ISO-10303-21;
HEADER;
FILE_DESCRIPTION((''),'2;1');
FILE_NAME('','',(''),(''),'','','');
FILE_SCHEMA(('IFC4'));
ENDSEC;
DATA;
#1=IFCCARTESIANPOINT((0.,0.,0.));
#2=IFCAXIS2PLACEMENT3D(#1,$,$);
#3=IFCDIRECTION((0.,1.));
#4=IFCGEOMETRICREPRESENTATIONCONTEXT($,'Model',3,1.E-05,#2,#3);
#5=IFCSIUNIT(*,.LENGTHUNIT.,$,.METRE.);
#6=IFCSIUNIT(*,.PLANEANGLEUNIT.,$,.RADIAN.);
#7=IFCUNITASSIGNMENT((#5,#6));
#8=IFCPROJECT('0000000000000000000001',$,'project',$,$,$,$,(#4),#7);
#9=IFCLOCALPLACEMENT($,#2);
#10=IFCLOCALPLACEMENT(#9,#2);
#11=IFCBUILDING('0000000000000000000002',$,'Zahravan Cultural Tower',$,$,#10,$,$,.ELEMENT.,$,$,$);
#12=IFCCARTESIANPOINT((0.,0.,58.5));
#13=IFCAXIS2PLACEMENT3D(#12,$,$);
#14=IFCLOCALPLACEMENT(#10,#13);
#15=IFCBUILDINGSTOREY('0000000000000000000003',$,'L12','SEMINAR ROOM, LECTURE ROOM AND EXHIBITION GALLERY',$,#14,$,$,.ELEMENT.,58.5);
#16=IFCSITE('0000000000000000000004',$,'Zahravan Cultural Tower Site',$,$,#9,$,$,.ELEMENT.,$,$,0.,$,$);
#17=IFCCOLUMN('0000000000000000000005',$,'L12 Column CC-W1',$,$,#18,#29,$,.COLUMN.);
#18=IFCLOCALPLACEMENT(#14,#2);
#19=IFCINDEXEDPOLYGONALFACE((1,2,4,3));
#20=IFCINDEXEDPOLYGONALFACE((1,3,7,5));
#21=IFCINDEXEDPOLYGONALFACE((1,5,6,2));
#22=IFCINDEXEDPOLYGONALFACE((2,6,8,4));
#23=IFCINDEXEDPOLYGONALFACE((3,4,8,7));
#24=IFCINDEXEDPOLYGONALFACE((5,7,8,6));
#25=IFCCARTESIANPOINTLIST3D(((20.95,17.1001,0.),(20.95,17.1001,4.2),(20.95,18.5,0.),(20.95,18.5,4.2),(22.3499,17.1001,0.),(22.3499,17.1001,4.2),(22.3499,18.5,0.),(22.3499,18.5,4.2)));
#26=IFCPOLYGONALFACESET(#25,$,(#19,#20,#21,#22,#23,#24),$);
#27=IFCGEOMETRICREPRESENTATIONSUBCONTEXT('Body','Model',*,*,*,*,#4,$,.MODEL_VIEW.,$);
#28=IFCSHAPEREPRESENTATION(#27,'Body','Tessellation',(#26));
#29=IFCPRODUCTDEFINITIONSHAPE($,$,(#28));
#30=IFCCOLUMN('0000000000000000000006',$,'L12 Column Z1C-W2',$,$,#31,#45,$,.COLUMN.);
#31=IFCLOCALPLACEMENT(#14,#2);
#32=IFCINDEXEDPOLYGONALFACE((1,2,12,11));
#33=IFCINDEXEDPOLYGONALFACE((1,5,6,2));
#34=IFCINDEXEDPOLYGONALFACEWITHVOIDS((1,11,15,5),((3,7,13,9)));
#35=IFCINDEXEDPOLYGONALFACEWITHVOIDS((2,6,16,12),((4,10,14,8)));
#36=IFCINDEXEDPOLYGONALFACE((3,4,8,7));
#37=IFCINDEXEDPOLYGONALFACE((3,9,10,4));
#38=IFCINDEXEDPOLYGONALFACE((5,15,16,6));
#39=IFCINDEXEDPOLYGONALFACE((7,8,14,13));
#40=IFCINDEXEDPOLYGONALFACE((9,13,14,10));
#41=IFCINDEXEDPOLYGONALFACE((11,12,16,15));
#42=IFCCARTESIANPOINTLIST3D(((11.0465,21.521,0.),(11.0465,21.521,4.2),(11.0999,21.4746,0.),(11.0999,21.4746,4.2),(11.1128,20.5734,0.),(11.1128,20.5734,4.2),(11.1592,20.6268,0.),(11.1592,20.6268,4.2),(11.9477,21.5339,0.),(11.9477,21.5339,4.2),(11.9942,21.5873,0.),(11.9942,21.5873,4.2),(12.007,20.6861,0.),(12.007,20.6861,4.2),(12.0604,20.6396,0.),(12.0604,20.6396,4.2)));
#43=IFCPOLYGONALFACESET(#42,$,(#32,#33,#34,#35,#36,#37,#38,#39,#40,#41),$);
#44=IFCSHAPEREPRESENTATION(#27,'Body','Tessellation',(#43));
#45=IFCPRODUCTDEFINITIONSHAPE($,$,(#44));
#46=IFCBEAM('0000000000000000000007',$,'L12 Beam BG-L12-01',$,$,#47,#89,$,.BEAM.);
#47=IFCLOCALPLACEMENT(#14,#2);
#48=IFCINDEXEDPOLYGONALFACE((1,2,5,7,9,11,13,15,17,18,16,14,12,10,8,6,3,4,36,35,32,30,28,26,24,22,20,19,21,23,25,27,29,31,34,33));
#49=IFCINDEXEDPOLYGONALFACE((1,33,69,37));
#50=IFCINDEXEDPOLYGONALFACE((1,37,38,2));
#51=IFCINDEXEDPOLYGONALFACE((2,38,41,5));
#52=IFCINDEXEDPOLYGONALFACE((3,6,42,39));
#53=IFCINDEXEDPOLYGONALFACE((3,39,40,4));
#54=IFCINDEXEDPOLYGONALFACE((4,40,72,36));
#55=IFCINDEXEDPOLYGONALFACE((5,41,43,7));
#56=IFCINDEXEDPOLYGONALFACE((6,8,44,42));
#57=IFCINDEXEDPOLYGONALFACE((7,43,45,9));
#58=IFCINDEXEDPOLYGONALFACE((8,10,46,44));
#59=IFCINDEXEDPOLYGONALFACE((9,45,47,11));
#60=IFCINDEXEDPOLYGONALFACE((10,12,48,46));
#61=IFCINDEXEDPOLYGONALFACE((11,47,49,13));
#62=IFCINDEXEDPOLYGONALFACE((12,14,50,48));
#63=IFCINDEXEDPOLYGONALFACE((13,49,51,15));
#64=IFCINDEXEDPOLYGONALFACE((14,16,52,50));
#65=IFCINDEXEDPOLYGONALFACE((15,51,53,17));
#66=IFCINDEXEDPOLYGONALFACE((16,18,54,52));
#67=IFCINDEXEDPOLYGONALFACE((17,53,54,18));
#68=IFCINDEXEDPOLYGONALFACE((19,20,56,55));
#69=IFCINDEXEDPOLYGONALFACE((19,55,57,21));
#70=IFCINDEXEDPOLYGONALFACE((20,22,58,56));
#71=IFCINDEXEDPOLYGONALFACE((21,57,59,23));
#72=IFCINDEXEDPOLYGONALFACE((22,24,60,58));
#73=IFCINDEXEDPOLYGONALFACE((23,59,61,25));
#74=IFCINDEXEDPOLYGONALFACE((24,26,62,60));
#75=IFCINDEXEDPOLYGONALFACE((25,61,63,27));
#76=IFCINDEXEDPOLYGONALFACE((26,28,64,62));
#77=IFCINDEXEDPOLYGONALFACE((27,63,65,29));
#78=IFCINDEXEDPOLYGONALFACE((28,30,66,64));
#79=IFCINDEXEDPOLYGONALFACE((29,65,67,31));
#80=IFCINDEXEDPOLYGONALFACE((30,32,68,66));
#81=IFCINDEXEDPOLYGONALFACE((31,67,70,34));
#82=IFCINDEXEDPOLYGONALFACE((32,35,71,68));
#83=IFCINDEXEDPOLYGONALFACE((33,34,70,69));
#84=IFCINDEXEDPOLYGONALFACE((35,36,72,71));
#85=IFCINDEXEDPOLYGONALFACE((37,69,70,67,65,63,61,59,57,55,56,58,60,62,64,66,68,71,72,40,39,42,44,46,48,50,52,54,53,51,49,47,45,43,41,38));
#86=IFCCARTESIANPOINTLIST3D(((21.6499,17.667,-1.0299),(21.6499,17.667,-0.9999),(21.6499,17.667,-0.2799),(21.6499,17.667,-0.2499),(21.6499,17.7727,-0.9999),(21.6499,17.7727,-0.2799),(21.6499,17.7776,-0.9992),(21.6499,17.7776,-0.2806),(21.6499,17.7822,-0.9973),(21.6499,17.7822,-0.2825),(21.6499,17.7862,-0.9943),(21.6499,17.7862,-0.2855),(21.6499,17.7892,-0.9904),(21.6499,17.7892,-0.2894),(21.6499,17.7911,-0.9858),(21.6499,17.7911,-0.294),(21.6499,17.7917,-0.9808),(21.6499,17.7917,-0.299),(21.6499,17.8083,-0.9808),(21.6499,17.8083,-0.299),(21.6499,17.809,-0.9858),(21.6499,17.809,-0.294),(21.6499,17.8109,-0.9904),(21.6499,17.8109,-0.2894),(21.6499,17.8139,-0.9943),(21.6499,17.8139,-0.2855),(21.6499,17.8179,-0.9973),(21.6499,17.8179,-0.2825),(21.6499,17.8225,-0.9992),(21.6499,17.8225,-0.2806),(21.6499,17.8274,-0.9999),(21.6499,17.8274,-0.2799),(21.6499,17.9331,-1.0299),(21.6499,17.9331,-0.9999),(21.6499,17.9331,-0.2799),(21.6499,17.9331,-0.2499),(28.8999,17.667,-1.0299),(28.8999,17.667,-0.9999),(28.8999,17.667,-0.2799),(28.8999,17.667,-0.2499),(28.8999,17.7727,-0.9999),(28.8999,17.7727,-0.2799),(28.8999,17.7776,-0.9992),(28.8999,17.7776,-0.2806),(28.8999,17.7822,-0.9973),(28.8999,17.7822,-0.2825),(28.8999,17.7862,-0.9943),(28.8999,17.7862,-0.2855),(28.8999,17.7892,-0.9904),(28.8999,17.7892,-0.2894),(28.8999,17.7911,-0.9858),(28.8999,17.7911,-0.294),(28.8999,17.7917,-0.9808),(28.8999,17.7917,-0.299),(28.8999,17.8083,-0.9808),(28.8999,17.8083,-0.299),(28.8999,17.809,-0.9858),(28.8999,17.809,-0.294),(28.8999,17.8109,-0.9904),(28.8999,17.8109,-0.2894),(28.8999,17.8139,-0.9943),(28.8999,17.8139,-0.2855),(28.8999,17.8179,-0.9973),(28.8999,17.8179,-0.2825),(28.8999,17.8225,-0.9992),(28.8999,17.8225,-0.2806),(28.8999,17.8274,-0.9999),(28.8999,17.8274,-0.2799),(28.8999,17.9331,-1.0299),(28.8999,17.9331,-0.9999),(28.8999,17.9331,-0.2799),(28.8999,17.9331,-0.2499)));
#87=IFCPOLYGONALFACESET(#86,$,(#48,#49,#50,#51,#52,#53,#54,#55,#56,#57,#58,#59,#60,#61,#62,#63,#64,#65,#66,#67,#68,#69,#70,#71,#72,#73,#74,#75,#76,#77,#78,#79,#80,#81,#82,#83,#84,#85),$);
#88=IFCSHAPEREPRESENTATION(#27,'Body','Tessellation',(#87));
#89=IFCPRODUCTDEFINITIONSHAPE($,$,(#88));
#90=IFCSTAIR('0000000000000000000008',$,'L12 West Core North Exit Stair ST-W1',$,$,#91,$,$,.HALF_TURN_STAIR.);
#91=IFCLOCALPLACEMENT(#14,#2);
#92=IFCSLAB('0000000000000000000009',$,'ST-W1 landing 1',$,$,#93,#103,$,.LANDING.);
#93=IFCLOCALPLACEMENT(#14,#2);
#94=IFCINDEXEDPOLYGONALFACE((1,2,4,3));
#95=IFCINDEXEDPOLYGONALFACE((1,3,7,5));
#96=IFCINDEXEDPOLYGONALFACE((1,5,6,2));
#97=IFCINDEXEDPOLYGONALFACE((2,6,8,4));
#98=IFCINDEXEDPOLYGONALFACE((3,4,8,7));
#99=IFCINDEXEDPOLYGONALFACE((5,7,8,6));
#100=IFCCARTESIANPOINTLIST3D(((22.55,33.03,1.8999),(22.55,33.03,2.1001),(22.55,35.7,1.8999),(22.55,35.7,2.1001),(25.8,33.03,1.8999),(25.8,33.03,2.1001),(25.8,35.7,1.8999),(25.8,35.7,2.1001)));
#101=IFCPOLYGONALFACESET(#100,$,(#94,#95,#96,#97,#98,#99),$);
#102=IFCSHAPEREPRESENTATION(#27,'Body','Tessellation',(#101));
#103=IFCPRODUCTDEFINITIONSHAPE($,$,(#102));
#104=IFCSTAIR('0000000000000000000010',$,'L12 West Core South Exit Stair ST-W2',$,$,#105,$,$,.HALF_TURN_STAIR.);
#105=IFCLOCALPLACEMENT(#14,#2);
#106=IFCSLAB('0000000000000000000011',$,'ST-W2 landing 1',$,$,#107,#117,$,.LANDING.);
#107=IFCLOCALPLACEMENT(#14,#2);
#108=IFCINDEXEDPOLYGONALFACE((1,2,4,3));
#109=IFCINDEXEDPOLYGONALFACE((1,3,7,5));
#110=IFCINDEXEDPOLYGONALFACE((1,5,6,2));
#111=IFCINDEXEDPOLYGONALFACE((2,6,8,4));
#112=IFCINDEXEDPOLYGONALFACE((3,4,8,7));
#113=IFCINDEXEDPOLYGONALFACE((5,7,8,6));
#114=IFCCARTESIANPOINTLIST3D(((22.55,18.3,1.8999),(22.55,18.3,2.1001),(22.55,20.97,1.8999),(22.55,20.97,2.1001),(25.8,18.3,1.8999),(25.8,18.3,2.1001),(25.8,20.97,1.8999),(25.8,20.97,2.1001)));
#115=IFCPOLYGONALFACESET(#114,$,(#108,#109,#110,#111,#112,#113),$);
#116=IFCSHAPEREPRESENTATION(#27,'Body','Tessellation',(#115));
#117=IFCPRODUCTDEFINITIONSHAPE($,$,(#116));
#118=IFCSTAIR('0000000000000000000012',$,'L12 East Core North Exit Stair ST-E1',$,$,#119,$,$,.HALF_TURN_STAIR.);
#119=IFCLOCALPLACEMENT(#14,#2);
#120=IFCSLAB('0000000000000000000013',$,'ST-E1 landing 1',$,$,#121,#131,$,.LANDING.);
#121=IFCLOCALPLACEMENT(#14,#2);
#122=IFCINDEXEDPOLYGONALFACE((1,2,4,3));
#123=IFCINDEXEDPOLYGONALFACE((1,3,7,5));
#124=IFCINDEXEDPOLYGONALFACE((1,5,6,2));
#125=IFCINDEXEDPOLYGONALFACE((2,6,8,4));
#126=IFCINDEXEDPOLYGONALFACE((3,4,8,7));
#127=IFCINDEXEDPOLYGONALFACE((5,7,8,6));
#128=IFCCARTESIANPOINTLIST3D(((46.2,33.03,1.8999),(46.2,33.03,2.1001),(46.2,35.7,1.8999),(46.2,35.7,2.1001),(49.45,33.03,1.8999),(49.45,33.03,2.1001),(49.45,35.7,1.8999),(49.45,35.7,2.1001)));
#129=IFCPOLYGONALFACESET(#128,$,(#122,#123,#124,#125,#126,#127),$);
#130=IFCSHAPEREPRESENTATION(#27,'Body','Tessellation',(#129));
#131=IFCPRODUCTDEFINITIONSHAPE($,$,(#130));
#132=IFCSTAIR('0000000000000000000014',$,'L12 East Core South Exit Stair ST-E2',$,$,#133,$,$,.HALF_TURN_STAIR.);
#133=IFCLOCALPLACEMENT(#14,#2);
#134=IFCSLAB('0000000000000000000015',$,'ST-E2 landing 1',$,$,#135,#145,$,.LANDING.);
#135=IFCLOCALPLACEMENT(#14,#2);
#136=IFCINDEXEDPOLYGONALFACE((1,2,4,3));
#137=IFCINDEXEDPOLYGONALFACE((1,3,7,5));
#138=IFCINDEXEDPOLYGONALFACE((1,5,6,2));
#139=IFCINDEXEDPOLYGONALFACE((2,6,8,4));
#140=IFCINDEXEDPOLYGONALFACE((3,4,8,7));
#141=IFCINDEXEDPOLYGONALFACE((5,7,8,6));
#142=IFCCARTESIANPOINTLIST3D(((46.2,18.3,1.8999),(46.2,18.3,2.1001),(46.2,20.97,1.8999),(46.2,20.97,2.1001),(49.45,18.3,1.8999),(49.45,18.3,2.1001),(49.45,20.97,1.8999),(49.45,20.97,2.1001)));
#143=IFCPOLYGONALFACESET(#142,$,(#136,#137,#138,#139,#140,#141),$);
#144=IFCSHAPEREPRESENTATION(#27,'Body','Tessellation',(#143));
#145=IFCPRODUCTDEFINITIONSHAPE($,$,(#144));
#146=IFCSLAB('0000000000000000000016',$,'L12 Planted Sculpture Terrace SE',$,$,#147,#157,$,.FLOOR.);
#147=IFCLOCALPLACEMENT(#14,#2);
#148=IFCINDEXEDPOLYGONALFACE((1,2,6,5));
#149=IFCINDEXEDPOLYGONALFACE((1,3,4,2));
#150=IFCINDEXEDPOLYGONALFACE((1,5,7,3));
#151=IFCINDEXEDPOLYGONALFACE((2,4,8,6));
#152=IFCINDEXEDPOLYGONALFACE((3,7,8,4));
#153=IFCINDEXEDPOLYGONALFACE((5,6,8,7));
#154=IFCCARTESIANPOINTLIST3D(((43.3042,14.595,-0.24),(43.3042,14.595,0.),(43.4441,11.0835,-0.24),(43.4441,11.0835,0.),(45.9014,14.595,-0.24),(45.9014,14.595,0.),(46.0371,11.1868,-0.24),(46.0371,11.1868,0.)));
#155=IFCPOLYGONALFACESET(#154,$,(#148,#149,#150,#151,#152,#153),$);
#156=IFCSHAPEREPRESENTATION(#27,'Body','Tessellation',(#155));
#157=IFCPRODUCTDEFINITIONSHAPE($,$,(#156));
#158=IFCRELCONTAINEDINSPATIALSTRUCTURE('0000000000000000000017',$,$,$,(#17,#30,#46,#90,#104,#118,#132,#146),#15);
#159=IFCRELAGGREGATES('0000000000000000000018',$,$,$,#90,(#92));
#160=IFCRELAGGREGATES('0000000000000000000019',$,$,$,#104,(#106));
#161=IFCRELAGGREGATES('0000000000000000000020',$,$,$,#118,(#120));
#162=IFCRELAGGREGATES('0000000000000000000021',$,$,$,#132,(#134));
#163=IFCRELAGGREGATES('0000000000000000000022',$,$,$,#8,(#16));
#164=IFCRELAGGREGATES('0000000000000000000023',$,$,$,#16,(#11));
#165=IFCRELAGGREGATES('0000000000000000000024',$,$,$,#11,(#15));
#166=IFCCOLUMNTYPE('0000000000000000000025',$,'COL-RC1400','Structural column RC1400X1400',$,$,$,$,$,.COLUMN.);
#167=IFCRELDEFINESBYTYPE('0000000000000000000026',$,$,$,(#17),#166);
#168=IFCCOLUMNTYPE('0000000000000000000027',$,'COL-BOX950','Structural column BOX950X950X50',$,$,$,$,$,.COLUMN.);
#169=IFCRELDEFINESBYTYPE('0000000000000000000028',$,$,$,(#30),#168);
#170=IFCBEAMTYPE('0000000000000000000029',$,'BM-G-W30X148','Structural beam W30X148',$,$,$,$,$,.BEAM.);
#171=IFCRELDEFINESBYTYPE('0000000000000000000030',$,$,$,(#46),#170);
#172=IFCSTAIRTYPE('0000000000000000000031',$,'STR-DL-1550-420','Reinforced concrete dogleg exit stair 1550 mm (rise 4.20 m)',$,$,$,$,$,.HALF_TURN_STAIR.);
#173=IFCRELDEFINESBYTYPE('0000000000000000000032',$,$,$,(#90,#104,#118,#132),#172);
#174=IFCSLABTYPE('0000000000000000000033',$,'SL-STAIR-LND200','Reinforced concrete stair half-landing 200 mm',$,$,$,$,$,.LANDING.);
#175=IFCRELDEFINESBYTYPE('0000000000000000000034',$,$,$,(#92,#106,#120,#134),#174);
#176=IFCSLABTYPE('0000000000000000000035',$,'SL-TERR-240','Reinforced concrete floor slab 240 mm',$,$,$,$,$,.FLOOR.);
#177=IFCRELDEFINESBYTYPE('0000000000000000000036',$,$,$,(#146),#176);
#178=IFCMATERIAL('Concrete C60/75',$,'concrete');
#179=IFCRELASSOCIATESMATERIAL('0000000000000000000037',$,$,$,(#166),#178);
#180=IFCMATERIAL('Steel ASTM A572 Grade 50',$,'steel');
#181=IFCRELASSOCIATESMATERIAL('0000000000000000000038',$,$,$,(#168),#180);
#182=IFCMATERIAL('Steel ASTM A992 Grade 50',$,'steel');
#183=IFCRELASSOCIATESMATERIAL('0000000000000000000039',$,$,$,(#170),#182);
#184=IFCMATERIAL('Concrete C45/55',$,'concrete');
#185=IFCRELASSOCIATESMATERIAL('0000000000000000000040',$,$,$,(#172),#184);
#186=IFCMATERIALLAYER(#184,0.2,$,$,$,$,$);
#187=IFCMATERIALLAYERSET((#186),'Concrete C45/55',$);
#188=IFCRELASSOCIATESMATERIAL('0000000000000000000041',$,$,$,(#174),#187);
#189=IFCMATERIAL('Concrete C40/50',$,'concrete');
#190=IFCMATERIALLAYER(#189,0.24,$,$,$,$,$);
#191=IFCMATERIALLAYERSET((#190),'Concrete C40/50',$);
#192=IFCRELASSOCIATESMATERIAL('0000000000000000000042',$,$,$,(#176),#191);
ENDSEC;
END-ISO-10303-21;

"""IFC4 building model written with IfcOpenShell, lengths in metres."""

from ifc_helpers import new_model, si_unit, direction, frame, origin, origin_2d, place, context, subcontext, project, spatial, polyline, rectangle, hollow_rectangle, i_section, outline, extrude, source, transform, mapped, material, layer, layer_set, material_profile, profile_set, type_object, element, aggregate, save


model = new_model("IFC4")

# Units and contexts
model_context = context("Model", 3, precision=1e-05, world=origin(), true_north=direction((0.0, 1.0)))
body_context = subcontext(model_context, "Body", "Model", "MODEL_VIEW")
ifc_project = project(units=[si_unit("LENGTHUNIT", "METRE"), si_unit("PLANEANGLEUNIT", "RADIAN")], contexts=[model_context])

# Site, building, storey
site_placement = place(None, origin())
site = spatial("IfcSite", under=ifc_project, at=site_placement, Name="Zahravan Cultural Tower Site", CompositionType="ELEMENT", RefElevation=0.0)
building_placement = place(site_placement, origin())
building = spatial("IfcBuilding", under=site, at=building_placement, Name="Zahravan Cultural Tower", CompositionType="ELEMENT")
storey_placement = place(building_placement, frame((0.0, 0.0, 58.5)))
storey = spatial("IfcBuildingStorey", under=building, at=storey_placement, Name="L12", Description="SEMINAR ROOM, LECTURE ROOM AND EXHIBITION GALLERY", CompositionType="ELEMENT", Elevation=58.5)

# Columns
ifc_material_1 = material(Name="Concrete C60/75", Category="concrete")
ifc_material_profile_1 = material_profile(ifc_material_1, rectangle(XDim=1.3999, YDim=1.3999, at=origin_2d()), Name="RC1400X1400")
ifc_profile_set_1 = profile_set([ifc_material_profile_1], Name="Concrete C60/75")
column_type_1 = type_object("IfcColumnType", Name="COL-RC1400", Description="Structural column RC1400X1400", PredefinedType="COLUMN", material=ifc_profile_set_1)
shared_shape_1 = source(origin(), body_context, "Body", "SweptSolid", [
    extrude(rectangle(XDim=1.3999, YDim=1.3999, at=origin_2d()), origin(), (0.0, 0.0, 1.0), 4.2),
])
column_1_placement = place(storey_placement, frame((21.6499, 17.8, 0.0), z_axis=(0.0, 0.0, 1.0), x_axis=(1.0, 0.0, 0.0)))
element("IfcColumn", 1, at=column_1_placement, inside=storey, type_object=column_type_1, Name="L12 Column CC-W1", PredefinedType="COLUMN", context=body_context, shape_type="MappedRepresentation", body=[
    mapped(shared_shape_1, transform((0.0, 0.0, 0.0), x_axis=(1.0, 0.0, 0.0), y_axis=(0.0, 1.0, 0.0), z_axis=(0.0, 0.0, 1.0), scale=1.0)),
])
ifc_material_2 = material(Name="Steel ASTM A572 Grade 50", Category="steel")
ifc_material_profile_2 = material_profile(ifc_material_2, hollow_rectangle(XDim=0.95, YDim=0.95, WallThickness=0.05, at=origin_2d()), Name="BOX950X950X50")
ifc_profile_set_2 = profile_set([ifc_material_profile_2], Name="Steel ASTM A572 Grade 50")
column_type_2 = type_object("IfcColumnType", Name="COL-BOX950", Description="Structural column BOX950X950X50", PredefinedType="COLUMN", material=ifc_profile_set_2)
shared_shape_2 = source(origin(), body_context, "Body", "SweptSolid", [
    extrude(hollow_rectangle(XDim=0.95, YDim=0.95, WallThickness=0.05, at=origin_2d()), origin(), (0.0, 0.0, 1.0), 4.2),
])
column_2_placement = place(storey_placement, frame((11.5535, 21.0803, 0.0), z_axis=(0.0, 0.0, 1.0), x_axis=(0.997564, 0.069756, 0.0)))
element("IfcColumn", 2, at=column_2_placement, inside=storey, type_object=column_type_2, Name="L12 Column Z1C-W2", PredefinedType="COLUMN", context=body_context, shape_type="MappedRepresentation", body=[
    mapped(shared_shape_2, transform((0.0, 0.0, 0.0), x_axis=(1.0, 0.0, 0.0), y_axis=(0.0, 1.0, 0.0), z_axis=(0.0, 0.0, 1.0), scale=1.0)),
])

# Beam
ifc_material_3 = material(Name="Steel ASTM A992 Grade 50", Category="steel")
ifc_material_profile_3 = material_profile(ifc_material_3, i_section(OverallWidth=0.2661, OverallDepth=0.78, WebThickness=0.0166, FlangeThickness=0.03, FilletRadius=0.019, at=origin_2d()), Name="W30X148")
ifc_profile_set_3 = profile_set([ifc_material_profile_3], Name="Steel ASTM A992 Grade 50")
beam_type = type_object("IfcBeamType", Name="BM-G-W30X148", Description="Structural beam W30X148", PredefinedType="BEAM", material=ifc_profile_set_3)
shared_shape_3 = source(origin(), body_context, "Body", "SweptSolid", [
    extrude(i_section(OverallWidth=0.2661, OverallDepth=0.78, WebThickness=0.0166, FlangeThickness=0.03, FilletRadius=0.019, at=origin_2d()), origin(), (0.0, 0.0, 1.0), 7.25),
])
beam_placement = place(storey_placement, frame((21.6499, 17.8, -0.6399), z_axis=(1.0, 0.0, 0.0), x_axis=(0.0, 1.0, 0.0)))
element("IfcBeam", 3, at=beam_placement, inside=storey, type_object=beam_type, Name="L12 Beam BG-L12-01", PredefinedType="BEAM", context=body_context, shape_type="MappedRepresentation", body=[
    mapped(shared_shape_3, transform((0.0, 0.0, 0.0), x_axis=(1.0, 0.0, 0.0), y_axis=(0.0, 1.0, 0.0), z_axis=(0.0, 0.0, 1.0), scale=1.0)),
])

# Stairs, slabs
ifc_material_4 = material(Name="Concrete C45/55", Category="concrete")
stair_type = type_object("IfcStairType", Name="STR-DL-1550-420", Description="Reinforced concrete dogleg exit stair 1550 mm (rise 4.20 m)", PredefinedType="HALF_TURN_STAIR", material=ifc_material_4)
stair_1_placement = place(storey_placement, origin())
stair_1 = element("IfcStair", 4, at=stair_1_placement, inside=storey, type_object=stair_type, Name="L12 West Core North Exit Stair ST-W1", PredefinedType="HALF_TURN_STAIR")
ifc_layer_1 = layer(ifc_material_4, 0.2)
ifc_layer_set_1 = layer_set([ifc_layer_1], Name="Concrete C45/55")
slab_type_1 = type_object("IfcSlabType", Name="SL-STAIR-LND200", Description="Reinforced concrete stair half-landing 200 mm", PredefinedType="LANDING", material=ifc_layer_set_1)
slab_1_placement = place(storey_placement, frame((0.0, 0.0, 1.8999)))
slab_1 = element("IfcSlab", 5, at=slab_1_placement, type_object=slab_type_1, Name="ST-W1 landing 1", PredefinedType="LANDING", context=body_context, shape_type="SweptSolid", body=[
    extrude(outline(polyline([(25.8, 33.03), (25.8, 35.7), (22.55, 35.7), (22.55, 33.03), (25.8, 33.03)])), origin(), (0.0, 0.0, 1.0), 0.2002),
])
aggregate(stair_1, [slab_1])
stair_2_placement = place(storey_placement, origin())
stair_2 = element("IfcStair", 6, at=stair_2_placement, inside=storey, type_object=stair_type, Name="L12 West Core South Exit Stair ST-W2", PredefinedType="HALF_TURN_STAIR")
slab_2_placement = place(storey_placement, frame((0.0, 0.0, 1.8999)))
slab_2 = element("IfcSlab", 7, at=slab_2_placement, type_object=slab_type_1, Name="ST-W2 landing 1", PredefinedType="LANDING", context=body_context, shape_type="SweptSolid", body=[
    extrude(outline(polyline([(22.55, 20.97), (22.55, 18.3), (25.8, 18.3), (25.8, 20.97), (22.55, 20.97)])), origin(), (0.0, 0.0, 1.0), 0.2002),
])
aggregate(stair_2, [slab_2])
stair_3_placement = place(storey_placement, origin())
stair_3 = element("IfcStair", 8, at=stair_3_placement, inside=storey, type_object=stair_type, Name="L12 East Core North Exit Stair ST-E1", PredefinedType="HALF_TURN_STAIR")
slab_3_placement = place(storey_placement, frame((0.0, 0.0, 1.8999)))
slab_3 = element("IfcSlab", 9, at=slab_3_placement, type_object=slab_type_1, Name="ST-E1 landing 1", PredefinedType="LANDING", context=body_context, shape_type="SweptSolid", body=[
    extrude(outline(polyline([(49.45, 33.03), (49.45, 35.7), (46.2, 35.7), (46.2, 33.03), (49.45, 33.03)])), origin(), (0.0, 0.0, 1.0), 0.2002),
])
aggregate(stair_3, [slab_3])
stair_4_placement = place(storey_placement, origin())
stair_4 = element("IfcStair", 10, at=stair_4_placement, inside=storey, type_object=stair_type, Name="L12 East Core South Exit Stair ST-E2", PredefinedType="HALF_TURN_STAIR")
slab_4_placement = place(storey_placement, frame((0.0, 0.0, 1.8999)))
slab_4 = element("IfcSlab", 11, at=slab_4_placement, type_object=slab_type_1, Name="ST-E2 landing 1", PredefinedType="LANDING", context=body_context, shape_type="SweptSolid", body=[
    extrude(outline(polyline([(46.2, 20.97), (46.2, 18.3), (49.45, 18.3), (49.45, 20.97), (46.2, 20.97)])), origin(), (0.0, 0.0, 1.0), 0.2002),
])
aggregate(stair_4, [slab_4])

# Slab
ifc_material_5 = material(Name="Concrete C40/50", Category="concrete")
ifc_layer_2 = layer(ifc_material_5, 0.24)
ifc_layer_set_2 = layer_set([ifc_layer_2], Name="Concrete C40/50")
slab_type_2 = type_object("IfcSlabType", Name="SL-TERR-240", Description="Reinforced concrete floor slab 240 mm", PredefinedType="FLOOR", material=ifc_layer_set_2)
slab_5_placement = place(storey_placement, frame((0.0, 0.0, -0.24)))
element("IfcSlab", 12, at=slab_5_placement, inside=storey, type_object=slab_type_2, Name="L12 Planted Sculpture Terrace SE", PredefinedType="FLOOR", context=body_context, shape_type="SweptSolid", body=[
    extrude(outline(polyline([(46.0371, 11.1868), (45.9014, 14.595), (43.3042, 14.595), (43.4441, 11.0835), (46.0371, 11.1868)])), origin(), (0.0, 0.0, 1.0), 0.24),
])

save(model, "model.ifc")
